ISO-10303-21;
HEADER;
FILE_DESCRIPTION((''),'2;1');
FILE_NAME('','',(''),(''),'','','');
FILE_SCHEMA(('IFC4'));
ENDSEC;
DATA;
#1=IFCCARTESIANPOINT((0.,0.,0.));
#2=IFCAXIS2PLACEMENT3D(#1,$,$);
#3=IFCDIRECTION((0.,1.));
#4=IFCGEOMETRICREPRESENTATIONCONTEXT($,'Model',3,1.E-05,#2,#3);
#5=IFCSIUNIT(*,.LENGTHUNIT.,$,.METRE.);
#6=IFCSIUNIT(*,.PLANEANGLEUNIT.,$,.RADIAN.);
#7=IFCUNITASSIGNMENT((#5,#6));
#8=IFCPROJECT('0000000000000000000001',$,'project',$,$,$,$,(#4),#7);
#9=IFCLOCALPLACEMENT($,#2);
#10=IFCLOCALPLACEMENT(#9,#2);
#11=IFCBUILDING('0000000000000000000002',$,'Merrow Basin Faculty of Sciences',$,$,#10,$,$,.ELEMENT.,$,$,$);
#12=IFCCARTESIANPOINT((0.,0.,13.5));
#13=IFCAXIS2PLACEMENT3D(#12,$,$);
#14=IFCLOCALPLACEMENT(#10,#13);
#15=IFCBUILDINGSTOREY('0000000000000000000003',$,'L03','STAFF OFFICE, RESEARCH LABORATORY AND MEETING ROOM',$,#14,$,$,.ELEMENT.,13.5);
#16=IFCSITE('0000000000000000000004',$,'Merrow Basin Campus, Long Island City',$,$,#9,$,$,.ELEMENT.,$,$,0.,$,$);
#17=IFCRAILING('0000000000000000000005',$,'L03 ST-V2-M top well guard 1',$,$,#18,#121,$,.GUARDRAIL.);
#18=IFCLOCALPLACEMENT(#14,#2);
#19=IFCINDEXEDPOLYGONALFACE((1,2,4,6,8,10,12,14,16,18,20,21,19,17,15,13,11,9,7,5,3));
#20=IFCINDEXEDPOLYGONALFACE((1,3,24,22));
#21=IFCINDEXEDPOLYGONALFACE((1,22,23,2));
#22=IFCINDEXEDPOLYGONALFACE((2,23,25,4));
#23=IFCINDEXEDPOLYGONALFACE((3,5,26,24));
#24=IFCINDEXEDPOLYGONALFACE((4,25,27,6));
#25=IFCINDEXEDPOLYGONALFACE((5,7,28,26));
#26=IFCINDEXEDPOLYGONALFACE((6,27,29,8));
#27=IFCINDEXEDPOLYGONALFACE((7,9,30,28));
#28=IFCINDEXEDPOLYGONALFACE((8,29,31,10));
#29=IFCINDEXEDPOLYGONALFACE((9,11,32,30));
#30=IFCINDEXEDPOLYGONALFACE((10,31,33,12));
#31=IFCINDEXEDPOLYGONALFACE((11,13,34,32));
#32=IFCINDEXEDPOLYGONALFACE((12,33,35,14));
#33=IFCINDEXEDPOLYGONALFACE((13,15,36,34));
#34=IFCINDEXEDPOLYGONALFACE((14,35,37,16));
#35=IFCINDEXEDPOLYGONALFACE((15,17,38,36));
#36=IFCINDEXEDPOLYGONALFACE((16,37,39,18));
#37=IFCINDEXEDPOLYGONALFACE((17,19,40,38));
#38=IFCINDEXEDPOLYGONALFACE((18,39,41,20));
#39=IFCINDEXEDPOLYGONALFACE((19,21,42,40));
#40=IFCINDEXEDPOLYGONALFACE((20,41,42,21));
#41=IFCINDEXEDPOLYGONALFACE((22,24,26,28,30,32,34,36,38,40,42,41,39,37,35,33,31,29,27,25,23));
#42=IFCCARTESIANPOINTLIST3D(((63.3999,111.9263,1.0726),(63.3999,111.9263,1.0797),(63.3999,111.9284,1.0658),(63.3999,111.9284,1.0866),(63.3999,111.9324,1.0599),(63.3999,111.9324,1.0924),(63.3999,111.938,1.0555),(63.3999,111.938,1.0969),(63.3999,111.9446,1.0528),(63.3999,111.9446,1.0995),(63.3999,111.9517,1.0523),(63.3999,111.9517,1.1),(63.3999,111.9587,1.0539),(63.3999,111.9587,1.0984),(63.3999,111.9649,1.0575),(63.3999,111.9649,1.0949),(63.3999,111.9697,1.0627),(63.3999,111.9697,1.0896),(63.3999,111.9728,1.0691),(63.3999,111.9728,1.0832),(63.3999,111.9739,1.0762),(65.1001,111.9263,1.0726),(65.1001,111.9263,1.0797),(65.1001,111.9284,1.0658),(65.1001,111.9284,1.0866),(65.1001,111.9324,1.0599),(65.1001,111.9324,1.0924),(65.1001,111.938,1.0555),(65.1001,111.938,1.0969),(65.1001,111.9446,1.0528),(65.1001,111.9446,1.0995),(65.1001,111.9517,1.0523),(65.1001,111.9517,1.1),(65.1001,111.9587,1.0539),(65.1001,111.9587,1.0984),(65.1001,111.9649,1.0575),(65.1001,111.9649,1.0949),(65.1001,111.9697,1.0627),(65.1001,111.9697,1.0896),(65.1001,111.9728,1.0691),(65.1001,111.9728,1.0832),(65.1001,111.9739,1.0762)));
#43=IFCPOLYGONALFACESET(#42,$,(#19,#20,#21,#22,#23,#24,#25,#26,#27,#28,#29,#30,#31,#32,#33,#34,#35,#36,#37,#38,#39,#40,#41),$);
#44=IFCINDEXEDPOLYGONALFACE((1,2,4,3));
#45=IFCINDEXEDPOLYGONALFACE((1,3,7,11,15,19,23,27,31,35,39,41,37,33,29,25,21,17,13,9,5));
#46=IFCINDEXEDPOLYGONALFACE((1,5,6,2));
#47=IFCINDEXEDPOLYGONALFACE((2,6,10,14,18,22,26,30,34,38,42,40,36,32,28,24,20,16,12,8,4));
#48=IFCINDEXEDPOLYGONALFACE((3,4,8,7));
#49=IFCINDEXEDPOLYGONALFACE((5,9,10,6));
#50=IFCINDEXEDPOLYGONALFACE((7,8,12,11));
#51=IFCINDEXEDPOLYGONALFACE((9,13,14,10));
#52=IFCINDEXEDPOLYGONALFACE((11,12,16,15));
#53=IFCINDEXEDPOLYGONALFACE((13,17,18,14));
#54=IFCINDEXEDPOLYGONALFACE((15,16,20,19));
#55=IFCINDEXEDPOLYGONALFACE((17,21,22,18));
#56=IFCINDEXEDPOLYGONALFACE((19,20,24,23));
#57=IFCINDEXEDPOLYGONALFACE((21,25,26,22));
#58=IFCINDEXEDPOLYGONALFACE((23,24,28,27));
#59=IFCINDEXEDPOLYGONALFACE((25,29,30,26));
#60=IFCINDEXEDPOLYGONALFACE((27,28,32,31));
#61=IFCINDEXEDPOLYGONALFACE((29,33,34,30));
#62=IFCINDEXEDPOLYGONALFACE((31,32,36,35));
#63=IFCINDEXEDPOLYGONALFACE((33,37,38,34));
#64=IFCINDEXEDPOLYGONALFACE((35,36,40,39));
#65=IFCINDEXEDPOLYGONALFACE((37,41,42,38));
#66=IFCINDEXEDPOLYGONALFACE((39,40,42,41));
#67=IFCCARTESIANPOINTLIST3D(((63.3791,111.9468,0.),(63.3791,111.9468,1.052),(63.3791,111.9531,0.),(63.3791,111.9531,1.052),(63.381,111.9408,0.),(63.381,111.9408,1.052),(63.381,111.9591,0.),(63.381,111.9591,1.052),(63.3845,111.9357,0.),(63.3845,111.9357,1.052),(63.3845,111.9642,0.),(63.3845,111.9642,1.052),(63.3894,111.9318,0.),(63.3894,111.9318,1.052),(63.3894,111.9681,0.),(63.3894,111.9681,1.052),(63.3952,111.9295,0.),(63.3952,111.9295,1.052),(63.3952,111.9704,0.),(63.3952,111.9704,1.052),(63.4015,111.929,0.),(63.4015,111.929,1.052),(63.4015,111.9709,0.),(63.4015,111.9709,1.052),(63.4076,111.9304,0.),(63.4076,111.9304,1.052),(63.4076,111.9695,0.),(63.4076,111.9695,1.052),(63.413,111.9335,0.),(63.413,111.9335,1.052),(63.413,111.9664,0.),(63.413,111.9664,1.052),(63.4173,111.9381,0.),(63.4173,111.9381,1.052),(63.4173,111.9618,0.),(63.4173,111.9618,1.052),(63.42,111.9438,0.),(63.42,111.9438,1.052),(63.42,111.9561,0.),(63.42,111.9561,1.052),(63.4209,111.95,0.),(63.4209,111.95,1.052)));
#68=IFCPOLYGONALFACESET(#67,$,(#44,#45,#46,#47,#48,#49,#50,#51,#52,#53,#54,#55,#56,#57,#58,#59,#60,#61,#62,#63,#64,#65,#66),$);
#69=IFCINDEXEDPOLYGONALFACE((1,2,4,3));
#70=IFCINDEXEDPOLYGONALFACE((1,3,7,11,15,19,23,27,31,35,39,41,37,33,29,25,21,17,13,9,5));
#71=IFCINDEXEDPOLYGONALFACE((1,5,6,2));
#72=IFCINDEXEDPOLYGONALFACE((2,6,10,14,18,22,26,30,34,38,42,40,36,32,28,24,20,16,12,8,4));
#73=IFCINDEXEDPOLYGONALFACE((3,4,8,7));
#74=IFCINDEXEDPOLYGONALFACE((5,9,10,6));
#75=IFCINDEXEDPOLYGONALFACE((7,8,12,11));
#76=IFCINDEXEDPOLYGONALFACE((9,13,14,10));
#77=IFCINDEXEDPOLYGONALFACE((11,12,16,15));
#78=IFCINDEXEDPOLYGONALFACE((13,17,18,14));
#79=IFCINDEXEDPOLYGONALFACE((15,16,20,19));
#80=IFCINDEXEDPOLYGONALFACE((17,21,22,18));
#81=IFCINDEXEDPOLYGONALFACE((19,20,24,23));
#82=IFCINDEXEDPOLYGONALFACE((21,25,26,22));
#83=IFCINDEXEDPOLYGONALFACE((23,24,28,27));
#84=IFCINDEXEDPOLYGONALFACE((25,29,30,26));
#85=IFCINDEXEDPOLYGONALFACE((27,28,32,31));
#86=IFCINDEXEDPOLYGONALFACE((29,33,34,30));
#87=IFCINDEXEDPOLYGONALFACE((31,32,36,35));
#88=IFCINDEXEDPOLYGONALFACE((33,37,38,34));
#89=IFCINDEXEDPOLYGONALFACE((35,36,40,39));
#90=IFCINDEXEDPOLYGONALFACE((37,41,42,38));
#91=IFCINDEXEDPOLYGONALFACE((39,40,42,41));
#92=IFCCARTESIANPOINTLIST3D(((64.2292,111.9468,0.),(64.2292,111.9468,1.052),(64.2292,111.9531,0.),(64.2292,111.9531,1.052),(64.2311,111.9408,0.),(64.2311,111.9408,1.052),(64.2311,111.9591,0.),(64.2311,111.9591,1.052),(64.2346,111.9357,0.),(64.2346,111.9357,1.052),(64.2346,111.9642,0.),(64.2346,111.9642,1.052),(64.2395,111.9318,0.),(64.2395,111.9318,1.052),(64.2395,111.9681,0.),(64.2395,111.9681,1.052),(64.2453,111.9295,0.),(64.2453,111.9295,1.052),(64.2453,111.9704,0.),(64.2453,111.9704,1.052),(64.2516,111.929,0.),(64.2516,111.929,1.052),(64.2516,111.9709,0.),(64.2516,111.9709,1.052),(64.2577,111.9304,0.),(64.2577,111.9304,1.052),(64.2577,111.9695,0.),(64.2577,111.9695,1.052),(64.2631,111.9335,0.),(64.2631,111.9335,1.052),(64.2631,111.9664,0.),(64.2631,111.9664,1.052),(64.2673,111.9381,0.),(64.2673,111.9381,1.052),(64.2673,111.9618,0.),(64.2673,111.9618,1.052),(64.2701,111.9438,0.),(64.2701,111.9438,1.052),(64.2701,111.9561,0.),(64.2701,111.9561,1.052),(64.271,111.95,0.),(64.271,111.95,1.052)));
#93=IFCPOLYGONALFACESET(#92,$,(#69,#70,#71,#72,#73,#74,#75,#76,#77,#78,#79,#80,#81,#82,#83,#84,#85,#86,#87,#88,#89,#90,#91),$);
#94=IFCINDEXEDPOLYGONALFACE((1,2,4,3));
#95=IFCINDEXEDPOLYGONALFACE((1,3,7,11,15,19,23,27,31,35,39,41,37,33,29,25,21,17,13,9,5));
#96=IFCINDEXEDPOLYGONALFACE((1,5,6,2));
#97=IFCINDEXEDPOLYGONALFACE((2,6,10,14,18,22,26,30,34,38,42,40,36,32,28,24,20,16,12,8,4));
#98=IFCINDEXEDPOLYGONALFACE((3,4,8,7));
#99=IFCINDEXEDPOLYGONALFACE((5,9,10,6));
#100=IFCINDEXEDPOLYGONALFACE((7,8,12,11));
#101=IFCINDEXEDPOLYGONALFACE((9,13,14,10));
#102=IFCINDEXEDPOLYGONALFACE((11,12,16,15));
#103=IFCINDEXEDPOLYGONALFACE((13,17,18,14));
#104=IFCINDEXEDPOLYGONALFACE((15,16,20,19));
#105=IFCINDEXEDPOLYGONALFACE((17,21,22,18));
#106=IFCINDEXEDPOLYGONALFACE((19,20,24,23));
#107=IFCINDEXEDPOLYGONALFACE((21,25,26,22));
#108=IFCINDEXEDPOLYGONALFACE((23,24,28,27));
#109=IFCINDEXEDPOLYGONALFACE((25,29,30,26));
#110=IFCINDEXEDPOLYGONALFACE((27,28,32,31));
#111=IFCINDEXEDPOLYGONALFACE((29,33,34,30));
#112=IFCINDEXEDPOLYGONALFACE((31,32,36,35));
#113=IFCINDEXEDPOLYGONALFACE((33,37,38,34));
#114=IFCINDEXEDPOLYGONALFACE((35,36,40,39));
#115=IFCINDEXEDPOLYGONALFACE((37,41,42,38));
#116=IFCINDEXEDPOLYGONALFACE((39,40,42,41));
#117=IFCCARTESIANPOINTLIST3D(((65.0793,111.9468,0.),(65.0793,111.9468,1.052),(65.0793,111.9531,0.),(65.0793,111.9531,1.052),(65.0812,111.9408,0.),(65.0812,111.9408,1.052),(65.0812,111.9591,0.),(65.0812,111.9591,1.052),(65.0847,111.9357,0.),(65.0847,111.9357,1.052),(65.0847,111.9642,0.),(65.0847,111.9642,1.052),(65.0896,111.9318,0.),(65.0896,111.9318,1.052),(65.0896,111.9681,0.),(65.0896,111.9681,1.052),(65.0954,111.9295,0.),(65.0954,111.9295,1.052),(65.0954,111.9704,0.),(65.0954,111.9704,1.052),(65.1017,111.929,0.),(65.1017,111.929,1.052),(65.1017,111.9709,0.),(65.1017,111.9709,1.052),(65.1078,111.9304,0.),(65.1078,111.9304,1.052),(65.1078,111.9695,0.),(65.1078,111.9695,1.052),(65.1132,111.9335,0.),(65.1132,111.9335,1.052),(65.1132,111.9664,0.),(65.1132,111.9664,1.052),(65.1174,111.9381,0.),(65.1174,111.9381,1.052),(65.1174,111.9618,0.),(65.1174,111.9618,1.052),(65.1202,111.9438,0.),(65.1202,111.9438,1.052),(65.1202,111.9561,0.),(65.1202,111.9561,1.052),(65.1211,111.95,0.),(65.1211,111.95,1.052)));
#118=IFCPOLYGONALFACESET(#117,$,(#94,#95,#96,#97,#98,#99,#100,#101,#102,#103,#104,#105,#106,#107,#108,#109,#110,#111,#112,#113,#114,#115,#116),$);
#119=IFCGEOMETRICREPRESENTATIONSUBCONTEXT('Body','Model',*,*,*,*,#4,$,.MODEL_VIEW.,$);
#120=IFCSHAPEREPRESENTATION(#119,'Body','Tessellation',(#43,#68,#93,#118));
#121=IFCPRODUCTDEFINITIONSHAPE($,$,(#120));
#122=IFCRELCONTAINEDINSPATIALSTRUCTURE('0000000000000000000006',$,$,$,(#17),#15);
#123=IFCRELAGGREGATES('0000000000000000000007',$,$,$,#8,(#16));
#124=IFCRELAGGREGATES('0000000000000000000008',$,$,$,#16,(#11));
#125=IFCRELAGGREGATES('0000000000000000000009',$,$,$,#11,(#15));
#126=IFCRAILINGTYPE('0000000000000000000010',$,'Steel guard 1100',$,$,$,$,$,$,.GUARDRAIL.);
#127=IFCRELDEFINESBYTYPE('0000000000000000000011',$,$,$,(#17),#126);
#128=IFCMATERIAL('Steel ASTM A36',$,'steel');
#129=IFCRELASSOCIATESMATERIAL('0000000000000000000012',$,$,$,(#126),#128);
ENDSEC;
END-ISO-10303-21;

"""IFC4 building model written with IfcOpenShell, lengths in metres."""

from ifc_helpers import new_model, si_unit, direction, frame, origin, origin_2d, place, context, subcontext, project, spatial, circle, extrude, material, type_object, element, save


model = new_model("IFC4")

# Units and contexts
model_context = context("Model", 3, precision=1e-05, world=origin(), true_north=direction((0.0, 1.0)))
body_context = subcontext(model_context, "Body", "Model", "MODEL_VIEW")
ifc_project = project(units=[si_unit("LENGTHUNIT", "METRE"), si_unit("PLANEANGLEUNIT", "RADIAN")], contexts=[model_context])

# Site, building, storey
site_placement = place(None, origin())
site = spatial("IfcSite", under=ifc_project, at=site_placement, Name="Merrow Basin Campus, Long Island City", CompositionType="ELEMENT", RefElevation=0.0)
building_placement = place(site_placement, origin())
building = spatial("IfcBuilding", under=site, at=building_placement, Name="Merrow Basin Faculty of Sciences", CompositionType="ELEMENT")
storey_placement = place(building_placement, frame((0.0, 0.0, 13.5)))
storey = spatial("IfcBuildingStorey", under=building, at=storey_placement, Name="L03", Description="STAFF OFFICE, RESEARCH LABORATORY AND MEETING ROOM", CompositionType="ELEMENT", Elevation=13.5)

# Railing
ifc_material_1 = material(Name="Steel ASTM A36", Category="steel")
railing_type_1 = type_object("IfcRailingType", Name="Steel guard 1100", PredefinedType="GUARDRAIL", material=ifc_material_1)
railing_1_placement = place(storey_placement, frame((63.3999, 111.95, 0.0)))
element("IfcRailing", 1, at=railing_1_placement, inside=storey, type_object=railing_type_1, Name="L03 ST-V2-M top well guard 1", PredefinedType="GUARDRAIL", context=body_context, shape_type="SweptSolid", body=[
    extrude(circle(Radius=0.0239, at=origin_2d()), frame((0.0, 0.0, 1.0762), z_axis=(1.0, 0.0, 0.0), x_axis=(0.0, 1.0, 0.0)), (0.0, 0.0, 1.0), 1.7002),
    extrude(circle(Radius=0.021, at=origin_2d()), origin(), (0.0, 0.0, 1.0), 1.052),
    extrude(circle(Radius=0.021, at=origin_2d()), frame((0.8501, 0.0, 0.0)), (0.0, 0.0, 1.0), 1.052),
    extrude(circle(Radius=0.021, at=origin_2d()), frame((1.7002, 0.0, 0.0)), (0.0, 0.0, 1.0), 1.052),
])

save(model, "model.ifc")
